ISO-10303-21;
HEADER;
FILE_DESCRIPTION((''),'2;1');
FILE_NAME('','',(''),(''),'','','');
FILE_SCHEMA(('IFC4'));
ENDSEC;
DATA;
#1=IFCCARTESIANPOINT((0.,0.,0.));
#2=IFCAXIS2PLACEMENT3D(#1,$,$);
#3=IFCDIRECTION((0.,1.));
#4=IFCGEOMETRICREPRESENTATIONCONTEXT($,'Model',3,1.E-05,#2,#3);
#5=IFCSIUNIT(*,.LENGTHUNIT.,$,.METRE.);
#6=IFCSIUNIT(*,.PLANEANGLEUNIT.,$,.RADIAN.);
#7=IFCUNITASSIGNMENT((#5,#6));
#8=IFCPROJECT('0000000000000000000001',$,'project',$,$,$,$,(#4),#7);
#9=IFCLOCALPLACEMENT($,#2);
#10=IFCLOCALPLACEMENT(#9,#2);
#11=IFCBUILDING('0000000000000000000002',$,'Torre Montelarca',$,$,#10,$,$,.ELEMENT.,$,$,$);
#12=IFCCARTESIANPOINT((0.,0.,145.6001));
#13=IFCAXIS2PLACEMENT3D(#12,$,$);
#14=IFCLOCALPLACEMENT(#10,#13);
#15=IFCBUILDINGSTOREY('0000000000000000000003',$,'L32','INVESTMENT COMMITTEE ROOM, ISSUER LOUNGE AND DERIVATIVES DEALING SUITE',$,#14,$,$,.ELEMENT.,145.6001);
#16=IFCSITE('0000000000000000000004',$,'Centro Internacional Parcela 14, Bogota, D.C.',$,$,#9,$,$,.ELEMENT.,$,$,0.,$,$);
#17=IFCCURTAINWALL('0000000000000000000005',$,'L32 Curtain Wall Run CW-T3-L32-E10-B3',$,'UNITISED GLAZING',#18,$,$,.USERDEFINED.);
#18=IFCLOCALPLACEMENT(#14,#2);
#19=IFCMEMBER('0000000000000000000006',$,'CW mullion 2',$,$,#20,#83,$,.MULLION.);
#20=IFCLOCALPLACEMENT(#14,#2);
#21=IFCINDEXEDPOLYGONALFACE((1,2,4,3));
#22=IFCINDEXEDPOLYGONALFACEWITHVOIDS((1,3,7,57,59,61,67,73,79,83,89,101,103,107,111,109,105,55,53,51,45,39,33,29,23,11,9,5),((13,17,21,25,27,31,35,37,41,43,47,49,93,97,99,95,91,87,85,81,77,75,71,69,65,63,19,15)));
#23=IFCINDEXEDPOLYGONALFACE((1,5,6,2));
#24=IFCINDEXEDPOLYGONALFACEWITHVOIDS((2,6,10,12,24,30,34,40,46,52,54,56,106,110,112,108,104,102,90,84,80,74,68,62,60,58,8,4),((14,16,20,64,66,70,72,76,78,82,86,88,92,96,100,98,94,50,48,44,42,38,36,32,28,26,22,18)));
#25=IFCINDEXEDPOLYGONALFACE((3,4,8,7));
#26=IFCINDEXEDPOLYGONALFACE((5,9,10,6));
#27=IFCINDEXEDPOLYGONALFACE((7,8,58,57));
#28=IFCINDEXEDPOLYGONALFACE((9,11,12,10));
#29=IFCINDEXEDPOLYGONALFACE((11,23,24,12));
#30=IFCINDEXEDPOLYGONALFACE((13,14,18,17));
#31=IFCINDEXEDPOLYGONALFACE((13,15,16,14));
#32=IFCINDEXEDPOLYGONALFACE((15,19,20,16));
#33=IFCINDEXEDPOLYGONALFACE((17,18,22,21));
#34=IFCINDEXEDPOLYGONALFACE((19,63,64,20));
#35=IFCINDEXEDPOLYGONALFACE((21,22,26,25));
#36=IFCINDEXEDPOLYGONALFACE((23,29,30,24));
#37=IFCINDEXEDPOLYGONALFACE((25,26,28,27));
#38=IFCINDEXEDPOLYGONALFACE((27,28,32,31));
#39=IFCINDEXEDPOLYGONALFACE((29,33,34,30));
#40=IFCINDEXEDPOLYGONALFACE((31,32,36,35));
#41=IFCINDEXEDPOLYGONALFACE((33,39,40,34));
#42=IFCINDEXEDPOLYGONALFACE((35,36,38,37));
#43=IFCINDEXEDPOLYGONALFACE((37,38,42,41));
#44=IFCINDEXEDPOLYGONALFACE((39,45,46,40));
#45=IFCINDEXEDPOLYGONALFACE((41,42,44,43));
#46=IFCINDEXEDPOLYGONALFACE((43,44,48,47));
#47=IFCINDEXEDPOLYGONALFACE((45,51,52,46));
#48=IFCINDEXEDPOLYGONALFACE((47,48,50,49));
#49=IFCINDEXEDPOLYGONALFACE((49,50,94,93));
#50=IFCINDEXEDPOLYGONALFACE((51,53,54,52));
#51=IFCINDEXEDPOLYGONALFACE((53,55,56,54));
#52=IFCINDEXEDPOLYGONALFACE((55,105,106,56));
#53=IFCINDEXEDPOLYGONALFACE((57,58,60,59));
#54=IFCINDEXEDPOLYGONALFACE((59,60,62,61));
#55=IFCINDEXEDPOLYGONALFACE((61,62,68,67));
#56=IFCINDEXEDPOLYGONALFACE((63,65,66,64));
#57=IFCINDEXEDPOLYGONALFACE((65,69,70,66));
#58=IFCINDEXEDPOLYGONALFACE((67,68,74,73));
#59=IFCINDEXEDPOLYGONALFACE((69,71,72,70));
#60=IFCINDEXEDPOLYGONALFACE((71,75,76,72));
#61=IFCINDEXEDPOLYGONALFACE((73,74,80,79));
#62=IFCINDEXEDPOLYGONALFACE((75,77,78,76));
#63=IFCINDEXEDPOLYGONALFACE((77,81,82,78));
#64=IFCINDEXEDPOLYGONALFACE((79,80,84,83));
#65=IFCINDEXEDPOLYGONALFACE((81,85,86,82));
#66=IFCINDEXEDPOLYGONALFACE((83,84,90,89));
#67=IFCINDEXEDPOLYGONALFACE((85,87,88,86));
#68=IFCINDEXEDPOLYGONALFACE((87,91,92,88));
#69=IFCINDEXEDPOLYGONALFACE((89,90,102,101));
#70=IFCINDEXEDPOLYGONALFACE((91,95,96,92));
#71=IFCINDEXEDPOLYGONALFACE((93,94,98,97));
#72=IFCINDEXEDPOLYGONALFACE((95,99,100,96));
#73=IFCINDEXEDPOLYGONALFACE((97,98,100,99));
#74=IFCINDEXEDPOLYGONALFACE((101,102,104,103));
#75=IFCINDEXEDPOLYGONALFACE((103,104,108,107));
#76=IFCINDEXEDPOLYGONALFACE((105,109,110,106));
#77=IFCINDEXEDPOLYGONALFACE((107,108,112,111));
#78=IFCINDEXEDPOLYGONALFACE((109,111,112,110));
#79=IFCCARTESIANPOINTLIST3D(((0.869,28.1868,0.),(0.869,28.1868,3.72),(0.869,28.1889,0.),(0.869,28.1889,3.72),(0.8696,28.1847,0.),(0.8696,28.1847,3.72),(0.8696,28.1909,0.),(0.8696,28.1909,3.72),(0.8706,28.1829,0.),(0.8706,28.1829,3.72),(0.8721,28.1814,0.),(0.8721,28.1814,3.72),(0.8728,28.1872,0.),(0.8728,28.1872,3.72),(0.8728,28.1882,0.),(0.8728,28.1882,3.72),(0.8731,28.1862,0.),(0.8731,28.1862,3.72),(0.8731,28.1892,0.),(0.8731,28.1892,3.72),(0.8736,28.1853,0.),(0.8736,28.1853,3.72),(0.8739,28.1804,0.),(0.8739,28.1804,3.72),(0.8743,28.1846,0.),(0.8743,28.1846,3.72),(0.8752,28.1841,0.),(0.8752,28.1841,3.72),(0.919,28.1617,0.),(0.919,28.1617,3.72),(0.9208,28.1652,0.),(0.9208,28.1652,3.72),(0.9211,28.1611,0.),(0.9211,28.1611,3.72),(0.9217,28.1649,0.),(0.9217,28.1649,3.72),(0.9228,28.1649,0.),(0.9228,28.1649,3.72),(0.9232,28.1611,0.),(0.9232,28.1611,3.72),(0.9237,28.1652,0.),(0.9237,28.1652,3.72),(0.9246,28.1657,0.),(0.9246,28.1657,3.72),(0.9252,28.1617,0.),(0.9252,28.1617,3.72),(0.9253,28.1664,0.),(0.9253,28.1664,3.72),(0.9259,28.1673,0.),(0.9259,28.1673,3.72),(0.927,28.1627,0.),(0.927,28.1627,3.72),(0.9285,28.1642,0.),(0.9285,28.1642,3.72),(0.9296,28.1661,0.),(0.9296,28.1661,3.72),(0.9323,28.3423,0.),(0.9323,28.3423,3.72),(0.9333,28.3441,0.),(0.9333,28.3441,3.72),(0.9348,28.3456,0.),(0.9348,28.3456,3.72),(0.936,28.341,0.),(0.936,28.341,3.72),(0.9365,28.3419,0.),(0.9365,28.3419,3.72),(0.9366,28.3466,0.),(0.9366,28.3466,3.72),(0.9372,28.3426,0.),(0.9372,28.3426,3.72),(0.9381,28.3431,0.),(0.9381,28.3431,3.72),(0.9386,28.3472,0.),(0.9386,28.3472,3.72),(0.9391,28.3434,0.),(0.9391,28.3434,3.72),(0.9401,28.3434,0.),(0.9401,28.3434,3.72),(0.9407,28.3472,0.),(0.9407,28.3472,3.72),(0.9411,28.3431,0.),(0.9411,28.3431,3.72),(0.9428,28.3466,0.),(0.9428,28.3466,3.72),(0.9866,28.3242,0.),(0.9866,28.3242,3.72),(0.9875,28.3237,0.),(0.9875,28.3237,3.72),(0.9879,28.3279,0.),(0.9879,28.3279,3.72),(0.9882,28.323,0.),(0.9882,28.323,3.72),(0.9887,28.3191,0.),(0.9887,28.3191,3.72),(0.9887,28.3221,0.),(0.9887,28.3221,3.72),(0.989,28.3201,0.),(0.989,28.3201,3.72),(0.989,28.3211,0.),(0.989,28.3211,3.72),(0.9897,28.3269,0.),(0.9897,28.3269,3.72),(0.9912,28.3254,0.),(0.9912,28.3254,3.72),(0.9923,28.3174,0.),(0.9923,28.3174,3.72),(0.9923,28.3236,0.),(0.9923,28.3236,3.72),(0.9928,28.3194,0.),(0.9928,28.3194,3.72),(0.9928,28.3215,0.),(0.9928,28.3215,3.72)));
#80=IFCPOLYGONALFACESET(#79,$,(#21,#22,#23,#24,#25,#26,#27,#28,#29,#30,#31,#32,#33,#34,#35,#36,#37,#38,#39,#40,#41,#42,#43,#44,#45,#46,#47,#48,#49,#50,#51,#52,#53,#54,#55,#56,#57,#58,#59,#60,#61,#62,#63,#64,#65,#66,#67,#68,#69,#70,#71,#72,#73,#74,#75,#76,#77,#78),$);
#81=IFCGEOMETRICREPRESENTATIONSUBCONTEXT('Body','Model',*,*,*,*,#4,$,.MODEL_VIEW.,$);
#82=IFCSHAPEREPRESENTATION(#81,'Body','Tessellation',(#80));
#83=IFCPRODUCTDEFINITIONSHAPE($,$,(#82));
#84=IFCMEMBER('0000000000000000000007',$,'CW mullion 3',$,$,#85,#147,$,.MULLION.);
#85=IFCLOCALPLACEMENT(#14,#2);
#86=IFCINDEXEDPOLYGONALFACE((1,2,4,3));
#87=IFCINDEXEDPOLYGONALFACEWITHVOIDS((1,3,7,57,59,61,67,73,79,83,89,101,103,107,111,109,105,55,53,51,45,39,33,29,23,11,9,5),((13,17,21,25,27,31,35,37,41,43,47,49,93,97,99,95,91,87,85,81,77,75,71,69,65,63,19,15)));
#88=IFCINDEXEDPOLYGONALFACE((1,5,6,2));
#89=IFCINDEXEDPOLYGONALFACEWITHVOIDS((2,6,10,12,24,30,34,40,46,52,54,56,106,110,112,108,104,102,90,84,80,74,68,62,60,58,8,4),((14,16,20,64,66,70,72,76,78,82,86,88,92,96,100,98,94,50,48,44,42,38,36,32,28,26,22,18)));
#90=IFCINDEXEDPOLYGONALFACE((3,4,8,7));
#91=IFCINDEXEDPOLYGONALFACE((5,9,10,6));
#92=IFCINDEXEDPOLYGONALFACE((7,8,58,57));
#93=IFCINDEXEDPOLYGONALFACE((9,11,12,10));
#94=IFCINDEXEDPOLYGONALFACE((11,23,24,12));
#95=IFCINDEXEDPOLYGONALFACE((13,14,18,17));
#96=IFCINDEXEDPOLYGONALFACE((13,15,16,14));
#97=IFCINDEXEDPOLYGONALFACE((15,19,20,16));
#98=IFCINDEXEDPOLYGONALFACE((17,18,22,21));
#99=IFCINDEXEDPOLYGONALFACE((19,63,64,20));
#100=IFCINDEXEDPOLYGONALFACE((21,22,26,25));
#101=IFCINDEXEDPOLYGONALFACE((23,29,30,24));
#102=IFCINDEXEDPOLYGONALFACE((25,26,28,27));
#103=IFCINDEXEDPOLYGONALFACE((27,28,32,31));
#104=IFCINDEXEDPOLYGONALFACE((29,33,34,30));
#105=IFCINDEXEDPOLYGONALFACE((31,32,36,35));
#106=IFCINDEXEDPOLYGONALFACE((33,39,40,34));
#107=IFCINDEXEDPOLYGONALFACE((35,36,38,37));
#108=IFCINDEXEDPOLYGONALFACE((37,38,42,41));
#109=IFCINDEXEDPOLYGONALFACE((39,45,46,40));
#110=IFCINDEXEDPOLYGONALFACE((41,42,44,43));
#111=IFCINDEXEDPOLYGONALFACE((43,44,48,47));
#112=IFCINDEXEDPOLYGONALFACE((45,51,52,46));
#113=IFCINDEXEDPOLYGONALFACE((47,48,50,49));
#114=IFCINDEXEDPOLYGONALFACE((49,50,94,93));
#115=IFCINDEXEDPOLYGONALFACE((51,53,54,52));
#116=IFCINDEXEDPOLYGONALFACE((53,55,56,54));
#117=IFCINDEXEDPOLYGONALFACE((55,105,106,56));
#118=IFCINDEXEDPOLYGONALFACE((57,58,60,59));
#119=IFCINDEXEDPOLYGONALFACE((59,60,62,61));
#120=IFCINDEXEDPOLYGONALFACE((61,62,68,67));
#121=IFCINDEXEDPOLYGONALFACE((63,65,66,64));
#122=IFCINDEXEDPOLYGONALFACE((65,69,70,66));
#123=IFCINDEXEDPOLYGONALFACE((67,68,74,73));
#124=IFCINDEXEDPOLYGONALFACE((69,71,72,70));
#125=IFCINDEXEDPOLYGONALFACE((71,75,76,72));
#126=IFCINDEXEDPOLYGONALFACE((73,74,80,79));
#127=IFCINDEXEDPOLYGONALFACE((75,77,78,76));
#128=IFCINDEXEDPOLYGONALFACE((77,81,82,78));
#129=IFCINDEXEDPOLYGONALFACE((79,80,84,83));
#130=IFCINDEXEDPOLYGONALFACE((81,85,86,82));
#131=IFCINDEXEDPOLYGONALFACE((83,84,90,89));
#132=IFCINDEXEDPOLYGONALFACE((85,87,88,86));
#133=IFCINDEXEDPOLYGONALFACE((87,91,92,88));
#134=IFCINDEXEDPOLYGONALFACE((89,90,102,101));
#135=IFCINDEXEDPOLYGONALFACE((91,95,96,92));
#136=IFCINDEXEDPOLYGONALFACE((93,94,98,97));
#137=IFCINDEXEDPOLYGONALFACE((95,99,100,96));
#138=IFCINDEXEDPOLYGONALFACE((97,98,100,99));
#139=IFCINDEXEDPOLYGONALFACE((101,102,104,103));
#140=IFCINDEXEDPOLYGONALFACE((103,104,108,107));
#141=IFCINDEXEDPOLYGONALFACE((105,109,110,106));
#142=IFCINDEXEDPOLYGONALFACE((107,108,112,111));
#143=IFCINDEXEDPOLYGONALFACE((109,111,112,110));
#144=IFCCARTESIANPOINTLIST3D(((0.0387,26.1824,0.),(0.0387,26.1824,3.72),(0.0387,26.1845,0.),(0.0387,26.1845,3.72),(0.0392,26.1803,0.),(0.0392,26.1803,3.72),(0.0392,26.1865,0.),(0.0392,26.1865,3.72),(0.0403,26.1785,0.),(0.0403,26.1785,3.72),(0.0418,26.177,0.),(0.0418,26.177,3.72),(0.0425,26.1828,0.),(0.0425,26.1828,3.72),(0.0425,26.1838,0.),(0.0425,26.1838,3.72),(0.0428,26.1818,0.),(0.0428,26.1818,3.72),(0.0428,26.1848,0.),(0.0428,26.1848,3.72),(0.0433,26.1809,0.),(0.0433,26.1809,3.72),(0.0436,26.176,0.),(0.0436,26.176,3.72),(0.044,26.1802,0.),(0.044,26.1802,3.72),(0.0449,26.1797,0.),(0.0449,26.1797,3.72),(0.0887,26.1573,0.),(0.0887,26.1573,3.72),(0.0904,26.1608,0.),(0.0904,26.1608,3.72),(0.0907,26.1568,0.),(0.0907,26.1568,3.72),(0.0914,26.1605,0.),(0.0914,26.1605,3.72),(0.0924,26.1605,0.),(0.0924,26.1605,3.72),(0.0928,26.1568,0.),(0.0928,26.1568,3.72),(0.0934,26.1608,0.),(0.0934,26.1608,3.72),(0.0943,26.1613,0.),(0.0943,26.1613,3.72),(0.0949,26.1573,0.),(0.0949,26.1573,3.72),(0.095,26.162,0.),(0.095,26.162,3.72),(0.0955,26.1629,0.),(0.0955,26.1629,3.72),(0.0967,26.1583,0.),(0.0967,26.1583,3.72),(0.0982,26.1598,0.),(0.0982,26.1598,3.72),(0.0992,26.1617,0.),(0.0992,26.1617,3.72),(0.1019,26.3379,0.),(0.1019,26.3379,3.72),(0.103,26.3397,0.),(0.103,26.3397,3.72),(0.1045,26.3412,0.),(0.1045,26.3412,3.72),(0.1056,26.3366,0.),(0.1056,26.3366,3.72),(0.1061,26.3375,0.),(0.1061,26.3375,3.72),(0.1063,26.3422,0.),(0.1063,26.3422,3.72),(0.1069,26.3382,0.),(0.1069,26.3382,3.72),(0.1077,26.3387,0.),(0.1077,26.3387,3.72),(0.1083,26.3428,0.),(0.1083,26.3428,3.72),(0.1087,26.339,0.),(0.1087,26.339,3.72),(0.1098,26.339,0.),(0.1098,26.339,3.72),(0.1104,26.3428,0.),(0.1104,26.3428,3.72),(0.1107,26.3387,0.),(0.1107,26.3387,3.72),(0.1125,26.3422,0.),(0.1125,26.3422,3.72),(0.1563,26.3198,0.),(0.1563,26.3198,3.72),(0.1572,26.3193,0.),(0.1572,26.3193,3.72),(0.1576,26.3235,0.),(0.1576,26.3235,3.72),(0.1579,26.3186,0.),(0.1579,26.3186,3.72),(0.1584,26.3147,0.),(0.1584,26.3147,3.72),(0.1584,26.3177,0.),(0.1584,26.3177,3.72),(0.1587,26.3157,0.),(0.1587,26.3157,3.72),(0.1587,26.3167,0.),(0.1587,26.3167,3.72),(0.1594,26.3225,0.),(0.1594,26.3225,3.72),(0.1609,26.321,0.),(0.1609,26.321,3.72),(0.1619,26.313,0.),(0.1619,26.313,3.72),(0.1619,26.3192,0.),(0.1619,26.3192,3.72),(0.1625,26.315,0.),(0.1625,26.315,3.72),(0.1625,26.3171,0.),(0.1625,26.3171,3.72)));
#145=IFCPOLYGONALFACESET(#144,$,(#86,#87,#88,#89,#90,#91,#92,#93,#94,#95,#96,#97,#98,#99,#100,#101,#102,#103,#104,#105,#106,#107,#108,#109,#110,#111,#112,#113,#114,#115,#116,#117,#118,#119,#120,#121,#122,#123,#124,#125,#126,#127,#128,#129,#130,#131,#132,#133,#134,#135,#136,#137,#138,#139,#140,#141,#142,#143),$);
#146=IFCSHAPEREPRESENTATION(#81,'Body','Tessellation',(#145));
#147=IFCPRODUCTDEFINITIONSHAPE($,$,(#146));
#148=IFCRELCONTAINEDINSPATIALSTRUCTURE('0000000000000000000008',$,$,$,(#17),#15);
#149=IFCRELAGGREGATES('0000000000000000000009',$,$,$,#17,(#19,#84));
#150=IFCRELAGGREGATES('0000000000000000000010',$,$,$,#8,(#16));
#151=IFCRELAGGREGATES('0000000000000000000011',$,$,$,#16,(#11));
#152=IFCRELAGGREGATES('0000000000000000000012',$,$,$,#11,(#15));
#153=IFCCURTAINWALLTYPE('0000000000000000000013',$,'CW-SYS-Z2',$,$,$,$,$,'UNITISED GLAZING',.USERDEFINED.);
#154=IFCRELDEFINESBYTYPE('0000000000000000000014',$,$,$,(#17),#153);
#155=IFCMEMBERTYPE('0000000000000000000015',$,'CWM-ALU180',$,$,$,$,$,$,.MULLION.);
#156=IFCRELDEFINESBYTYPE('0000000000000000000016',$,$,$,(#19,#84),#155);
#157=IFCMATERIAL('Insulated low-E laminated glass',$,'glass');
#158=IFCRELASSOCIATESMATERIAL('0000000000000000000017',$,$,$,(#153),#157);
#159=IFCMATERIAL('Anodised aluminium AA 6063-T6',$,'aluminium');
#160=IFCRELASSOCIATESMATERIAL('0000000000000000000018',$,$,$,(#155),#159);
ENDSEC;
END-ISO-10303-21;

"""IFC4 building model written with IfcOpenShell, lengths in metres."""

from ifc_helpers import new_model, si_unit, direction, frame, origin, origin_2d, place, context, subcontext, project, spatial, hollow_rectangle, extrude, source, transform, mapped, material, material_profile, profile_set, type_object, element, aggregate, save


model = new_model("IFC4")

# Units and contexts
model_context = context("Model", 3, precision=1e-05, world=origin(), true_north=direction((0.0, 1.0)))
body_context = subcontext(model_context, "Body", "Model", "MODEL_VIEW")
ifc_project = project(units=[si_unit("LENGTHUNIT", "METRE"), si_unit("PLANEANGLEUNIT", "RADIAN")], contexts=[model_context])

# Site, building, storey
site_placement = place(None, origin())
site = spatial("IfcSite", under=ifc_project, at=site_placement, Name="Centro Internacional Parcela 14, Bogota, D.C.", CompositionType="ELEMENT", RefElevation=0.0)
building_placement = place(site_placement, origin())
building = spatial("IfcBuilding", under=site, at=building_placement, Name="Torre Montelarca", CompositionType="ELEMENT")
storey_placement = place(building_placement, frame((0.0, 0.0, 145.6001)))
storey = spatial("IfcBuildingStorey", under=building, at=storey_placement, Name="L32", Description="INVESTMENT COMMITTEE ROOM, ISSUER LOUNGE AND DERIVATIVES DEALING SUITE", CompositionType="ELEMENT", Elevation=145.6001)

# Curtain wall, members
ifc_material_1 = material(Name="Insulated low-E laminated glass", Category="glass")
curtain_wall_type = type_object("IfcCurtainWallType", Name="CW-SYS-Z2", ElementType="UNITISED GLAZING", PredefinedType="USERDEFINED", material=ifc_material_1)
curtain_wall_1_placement = place(storey_placement, origin())
curtain_wall_1 = element("IfcCurtainWall", 1, at=curtain_wall_1_placement, inside=storey, type_object=curtain_wall_type, Name="L32 Curtain Wall Run CW-T3-L32-E10-B3", ObjectType="UNITISED GLAZING", PredefinedType="USERDEFINED")
ifc_material_2 = material(Name="Anodised aluminium AA 6063-T6", Category="aluminium")
ifc_material_profile_1 = material_profile(ifc_material_2, hollow_rectangle(XDim=0.0649, YDim=0.1799, WallThickness=0.0039, InnerFilletRadius=0.0039, OuterFilletRadius=0.0081, at=origin_2d()), Name="ALU65X180X4", Category="aluminium")
ifc_profile_set_1 = profile_set([ifc_material_profile_1], Name="Anodised aluminium AA 6063-T6")
member_type_1 = type_object("IfcMemberType", Name="CWM-ALU180", PredefinedType="MULLION", material=ifc_profile_set_1)
shared_shape_1 = source(origin(), body_context, "Body", "SweptSolid", [
    extrude(hollow_rectangle(XDim=0.0649, YDim=0.1799, WallThickness=0.0039, InnerFilletRadius=0.0039, OuterFilletRadius=0.0081, at=origin_2d()), origin(), (0.0, 0.0, 1.0), 3.72),
])
member_1_placement = place(storey_placement, frame((0.9309, 28.2542, 0.0), z_axis=(0.0, 0.0, 1.0), x_axis=(0.923879, -0.382685, 0.0)))
member_1 = element("IfcMember", 2, at=member_1_placement, type_object=member_type_1, Name="CW mullion 2", PredefinedType="MULLION", context=body_context, shape_type="MappedRepresentation", body=[
    mapped(shared_shape_1, transform((0.0, 0.0, 0.0), scale=1.0)),
])
member_2_placement = place(storey_placement, frame((0.1006, 26.2498, 0.0), z_axis=(0.0, 0.0, 1.0), x_axis=(0.923879, -0.382685, 0.0)))
member_2 = element("IfcMember", 3, at=member_2_placement, type_object=member_type_1, Name="CW mullion 3", PredefinedType="MULLION", context=body_context, shape_type="MappedRepresentation", body=[
    mapped(shared_shape_1, transform((0.0, 0.0, 0.0), scale=1.0)),
])

aggregate(curtain_wall_1, [member_1, member_2])

save(model, "model.ifc")
